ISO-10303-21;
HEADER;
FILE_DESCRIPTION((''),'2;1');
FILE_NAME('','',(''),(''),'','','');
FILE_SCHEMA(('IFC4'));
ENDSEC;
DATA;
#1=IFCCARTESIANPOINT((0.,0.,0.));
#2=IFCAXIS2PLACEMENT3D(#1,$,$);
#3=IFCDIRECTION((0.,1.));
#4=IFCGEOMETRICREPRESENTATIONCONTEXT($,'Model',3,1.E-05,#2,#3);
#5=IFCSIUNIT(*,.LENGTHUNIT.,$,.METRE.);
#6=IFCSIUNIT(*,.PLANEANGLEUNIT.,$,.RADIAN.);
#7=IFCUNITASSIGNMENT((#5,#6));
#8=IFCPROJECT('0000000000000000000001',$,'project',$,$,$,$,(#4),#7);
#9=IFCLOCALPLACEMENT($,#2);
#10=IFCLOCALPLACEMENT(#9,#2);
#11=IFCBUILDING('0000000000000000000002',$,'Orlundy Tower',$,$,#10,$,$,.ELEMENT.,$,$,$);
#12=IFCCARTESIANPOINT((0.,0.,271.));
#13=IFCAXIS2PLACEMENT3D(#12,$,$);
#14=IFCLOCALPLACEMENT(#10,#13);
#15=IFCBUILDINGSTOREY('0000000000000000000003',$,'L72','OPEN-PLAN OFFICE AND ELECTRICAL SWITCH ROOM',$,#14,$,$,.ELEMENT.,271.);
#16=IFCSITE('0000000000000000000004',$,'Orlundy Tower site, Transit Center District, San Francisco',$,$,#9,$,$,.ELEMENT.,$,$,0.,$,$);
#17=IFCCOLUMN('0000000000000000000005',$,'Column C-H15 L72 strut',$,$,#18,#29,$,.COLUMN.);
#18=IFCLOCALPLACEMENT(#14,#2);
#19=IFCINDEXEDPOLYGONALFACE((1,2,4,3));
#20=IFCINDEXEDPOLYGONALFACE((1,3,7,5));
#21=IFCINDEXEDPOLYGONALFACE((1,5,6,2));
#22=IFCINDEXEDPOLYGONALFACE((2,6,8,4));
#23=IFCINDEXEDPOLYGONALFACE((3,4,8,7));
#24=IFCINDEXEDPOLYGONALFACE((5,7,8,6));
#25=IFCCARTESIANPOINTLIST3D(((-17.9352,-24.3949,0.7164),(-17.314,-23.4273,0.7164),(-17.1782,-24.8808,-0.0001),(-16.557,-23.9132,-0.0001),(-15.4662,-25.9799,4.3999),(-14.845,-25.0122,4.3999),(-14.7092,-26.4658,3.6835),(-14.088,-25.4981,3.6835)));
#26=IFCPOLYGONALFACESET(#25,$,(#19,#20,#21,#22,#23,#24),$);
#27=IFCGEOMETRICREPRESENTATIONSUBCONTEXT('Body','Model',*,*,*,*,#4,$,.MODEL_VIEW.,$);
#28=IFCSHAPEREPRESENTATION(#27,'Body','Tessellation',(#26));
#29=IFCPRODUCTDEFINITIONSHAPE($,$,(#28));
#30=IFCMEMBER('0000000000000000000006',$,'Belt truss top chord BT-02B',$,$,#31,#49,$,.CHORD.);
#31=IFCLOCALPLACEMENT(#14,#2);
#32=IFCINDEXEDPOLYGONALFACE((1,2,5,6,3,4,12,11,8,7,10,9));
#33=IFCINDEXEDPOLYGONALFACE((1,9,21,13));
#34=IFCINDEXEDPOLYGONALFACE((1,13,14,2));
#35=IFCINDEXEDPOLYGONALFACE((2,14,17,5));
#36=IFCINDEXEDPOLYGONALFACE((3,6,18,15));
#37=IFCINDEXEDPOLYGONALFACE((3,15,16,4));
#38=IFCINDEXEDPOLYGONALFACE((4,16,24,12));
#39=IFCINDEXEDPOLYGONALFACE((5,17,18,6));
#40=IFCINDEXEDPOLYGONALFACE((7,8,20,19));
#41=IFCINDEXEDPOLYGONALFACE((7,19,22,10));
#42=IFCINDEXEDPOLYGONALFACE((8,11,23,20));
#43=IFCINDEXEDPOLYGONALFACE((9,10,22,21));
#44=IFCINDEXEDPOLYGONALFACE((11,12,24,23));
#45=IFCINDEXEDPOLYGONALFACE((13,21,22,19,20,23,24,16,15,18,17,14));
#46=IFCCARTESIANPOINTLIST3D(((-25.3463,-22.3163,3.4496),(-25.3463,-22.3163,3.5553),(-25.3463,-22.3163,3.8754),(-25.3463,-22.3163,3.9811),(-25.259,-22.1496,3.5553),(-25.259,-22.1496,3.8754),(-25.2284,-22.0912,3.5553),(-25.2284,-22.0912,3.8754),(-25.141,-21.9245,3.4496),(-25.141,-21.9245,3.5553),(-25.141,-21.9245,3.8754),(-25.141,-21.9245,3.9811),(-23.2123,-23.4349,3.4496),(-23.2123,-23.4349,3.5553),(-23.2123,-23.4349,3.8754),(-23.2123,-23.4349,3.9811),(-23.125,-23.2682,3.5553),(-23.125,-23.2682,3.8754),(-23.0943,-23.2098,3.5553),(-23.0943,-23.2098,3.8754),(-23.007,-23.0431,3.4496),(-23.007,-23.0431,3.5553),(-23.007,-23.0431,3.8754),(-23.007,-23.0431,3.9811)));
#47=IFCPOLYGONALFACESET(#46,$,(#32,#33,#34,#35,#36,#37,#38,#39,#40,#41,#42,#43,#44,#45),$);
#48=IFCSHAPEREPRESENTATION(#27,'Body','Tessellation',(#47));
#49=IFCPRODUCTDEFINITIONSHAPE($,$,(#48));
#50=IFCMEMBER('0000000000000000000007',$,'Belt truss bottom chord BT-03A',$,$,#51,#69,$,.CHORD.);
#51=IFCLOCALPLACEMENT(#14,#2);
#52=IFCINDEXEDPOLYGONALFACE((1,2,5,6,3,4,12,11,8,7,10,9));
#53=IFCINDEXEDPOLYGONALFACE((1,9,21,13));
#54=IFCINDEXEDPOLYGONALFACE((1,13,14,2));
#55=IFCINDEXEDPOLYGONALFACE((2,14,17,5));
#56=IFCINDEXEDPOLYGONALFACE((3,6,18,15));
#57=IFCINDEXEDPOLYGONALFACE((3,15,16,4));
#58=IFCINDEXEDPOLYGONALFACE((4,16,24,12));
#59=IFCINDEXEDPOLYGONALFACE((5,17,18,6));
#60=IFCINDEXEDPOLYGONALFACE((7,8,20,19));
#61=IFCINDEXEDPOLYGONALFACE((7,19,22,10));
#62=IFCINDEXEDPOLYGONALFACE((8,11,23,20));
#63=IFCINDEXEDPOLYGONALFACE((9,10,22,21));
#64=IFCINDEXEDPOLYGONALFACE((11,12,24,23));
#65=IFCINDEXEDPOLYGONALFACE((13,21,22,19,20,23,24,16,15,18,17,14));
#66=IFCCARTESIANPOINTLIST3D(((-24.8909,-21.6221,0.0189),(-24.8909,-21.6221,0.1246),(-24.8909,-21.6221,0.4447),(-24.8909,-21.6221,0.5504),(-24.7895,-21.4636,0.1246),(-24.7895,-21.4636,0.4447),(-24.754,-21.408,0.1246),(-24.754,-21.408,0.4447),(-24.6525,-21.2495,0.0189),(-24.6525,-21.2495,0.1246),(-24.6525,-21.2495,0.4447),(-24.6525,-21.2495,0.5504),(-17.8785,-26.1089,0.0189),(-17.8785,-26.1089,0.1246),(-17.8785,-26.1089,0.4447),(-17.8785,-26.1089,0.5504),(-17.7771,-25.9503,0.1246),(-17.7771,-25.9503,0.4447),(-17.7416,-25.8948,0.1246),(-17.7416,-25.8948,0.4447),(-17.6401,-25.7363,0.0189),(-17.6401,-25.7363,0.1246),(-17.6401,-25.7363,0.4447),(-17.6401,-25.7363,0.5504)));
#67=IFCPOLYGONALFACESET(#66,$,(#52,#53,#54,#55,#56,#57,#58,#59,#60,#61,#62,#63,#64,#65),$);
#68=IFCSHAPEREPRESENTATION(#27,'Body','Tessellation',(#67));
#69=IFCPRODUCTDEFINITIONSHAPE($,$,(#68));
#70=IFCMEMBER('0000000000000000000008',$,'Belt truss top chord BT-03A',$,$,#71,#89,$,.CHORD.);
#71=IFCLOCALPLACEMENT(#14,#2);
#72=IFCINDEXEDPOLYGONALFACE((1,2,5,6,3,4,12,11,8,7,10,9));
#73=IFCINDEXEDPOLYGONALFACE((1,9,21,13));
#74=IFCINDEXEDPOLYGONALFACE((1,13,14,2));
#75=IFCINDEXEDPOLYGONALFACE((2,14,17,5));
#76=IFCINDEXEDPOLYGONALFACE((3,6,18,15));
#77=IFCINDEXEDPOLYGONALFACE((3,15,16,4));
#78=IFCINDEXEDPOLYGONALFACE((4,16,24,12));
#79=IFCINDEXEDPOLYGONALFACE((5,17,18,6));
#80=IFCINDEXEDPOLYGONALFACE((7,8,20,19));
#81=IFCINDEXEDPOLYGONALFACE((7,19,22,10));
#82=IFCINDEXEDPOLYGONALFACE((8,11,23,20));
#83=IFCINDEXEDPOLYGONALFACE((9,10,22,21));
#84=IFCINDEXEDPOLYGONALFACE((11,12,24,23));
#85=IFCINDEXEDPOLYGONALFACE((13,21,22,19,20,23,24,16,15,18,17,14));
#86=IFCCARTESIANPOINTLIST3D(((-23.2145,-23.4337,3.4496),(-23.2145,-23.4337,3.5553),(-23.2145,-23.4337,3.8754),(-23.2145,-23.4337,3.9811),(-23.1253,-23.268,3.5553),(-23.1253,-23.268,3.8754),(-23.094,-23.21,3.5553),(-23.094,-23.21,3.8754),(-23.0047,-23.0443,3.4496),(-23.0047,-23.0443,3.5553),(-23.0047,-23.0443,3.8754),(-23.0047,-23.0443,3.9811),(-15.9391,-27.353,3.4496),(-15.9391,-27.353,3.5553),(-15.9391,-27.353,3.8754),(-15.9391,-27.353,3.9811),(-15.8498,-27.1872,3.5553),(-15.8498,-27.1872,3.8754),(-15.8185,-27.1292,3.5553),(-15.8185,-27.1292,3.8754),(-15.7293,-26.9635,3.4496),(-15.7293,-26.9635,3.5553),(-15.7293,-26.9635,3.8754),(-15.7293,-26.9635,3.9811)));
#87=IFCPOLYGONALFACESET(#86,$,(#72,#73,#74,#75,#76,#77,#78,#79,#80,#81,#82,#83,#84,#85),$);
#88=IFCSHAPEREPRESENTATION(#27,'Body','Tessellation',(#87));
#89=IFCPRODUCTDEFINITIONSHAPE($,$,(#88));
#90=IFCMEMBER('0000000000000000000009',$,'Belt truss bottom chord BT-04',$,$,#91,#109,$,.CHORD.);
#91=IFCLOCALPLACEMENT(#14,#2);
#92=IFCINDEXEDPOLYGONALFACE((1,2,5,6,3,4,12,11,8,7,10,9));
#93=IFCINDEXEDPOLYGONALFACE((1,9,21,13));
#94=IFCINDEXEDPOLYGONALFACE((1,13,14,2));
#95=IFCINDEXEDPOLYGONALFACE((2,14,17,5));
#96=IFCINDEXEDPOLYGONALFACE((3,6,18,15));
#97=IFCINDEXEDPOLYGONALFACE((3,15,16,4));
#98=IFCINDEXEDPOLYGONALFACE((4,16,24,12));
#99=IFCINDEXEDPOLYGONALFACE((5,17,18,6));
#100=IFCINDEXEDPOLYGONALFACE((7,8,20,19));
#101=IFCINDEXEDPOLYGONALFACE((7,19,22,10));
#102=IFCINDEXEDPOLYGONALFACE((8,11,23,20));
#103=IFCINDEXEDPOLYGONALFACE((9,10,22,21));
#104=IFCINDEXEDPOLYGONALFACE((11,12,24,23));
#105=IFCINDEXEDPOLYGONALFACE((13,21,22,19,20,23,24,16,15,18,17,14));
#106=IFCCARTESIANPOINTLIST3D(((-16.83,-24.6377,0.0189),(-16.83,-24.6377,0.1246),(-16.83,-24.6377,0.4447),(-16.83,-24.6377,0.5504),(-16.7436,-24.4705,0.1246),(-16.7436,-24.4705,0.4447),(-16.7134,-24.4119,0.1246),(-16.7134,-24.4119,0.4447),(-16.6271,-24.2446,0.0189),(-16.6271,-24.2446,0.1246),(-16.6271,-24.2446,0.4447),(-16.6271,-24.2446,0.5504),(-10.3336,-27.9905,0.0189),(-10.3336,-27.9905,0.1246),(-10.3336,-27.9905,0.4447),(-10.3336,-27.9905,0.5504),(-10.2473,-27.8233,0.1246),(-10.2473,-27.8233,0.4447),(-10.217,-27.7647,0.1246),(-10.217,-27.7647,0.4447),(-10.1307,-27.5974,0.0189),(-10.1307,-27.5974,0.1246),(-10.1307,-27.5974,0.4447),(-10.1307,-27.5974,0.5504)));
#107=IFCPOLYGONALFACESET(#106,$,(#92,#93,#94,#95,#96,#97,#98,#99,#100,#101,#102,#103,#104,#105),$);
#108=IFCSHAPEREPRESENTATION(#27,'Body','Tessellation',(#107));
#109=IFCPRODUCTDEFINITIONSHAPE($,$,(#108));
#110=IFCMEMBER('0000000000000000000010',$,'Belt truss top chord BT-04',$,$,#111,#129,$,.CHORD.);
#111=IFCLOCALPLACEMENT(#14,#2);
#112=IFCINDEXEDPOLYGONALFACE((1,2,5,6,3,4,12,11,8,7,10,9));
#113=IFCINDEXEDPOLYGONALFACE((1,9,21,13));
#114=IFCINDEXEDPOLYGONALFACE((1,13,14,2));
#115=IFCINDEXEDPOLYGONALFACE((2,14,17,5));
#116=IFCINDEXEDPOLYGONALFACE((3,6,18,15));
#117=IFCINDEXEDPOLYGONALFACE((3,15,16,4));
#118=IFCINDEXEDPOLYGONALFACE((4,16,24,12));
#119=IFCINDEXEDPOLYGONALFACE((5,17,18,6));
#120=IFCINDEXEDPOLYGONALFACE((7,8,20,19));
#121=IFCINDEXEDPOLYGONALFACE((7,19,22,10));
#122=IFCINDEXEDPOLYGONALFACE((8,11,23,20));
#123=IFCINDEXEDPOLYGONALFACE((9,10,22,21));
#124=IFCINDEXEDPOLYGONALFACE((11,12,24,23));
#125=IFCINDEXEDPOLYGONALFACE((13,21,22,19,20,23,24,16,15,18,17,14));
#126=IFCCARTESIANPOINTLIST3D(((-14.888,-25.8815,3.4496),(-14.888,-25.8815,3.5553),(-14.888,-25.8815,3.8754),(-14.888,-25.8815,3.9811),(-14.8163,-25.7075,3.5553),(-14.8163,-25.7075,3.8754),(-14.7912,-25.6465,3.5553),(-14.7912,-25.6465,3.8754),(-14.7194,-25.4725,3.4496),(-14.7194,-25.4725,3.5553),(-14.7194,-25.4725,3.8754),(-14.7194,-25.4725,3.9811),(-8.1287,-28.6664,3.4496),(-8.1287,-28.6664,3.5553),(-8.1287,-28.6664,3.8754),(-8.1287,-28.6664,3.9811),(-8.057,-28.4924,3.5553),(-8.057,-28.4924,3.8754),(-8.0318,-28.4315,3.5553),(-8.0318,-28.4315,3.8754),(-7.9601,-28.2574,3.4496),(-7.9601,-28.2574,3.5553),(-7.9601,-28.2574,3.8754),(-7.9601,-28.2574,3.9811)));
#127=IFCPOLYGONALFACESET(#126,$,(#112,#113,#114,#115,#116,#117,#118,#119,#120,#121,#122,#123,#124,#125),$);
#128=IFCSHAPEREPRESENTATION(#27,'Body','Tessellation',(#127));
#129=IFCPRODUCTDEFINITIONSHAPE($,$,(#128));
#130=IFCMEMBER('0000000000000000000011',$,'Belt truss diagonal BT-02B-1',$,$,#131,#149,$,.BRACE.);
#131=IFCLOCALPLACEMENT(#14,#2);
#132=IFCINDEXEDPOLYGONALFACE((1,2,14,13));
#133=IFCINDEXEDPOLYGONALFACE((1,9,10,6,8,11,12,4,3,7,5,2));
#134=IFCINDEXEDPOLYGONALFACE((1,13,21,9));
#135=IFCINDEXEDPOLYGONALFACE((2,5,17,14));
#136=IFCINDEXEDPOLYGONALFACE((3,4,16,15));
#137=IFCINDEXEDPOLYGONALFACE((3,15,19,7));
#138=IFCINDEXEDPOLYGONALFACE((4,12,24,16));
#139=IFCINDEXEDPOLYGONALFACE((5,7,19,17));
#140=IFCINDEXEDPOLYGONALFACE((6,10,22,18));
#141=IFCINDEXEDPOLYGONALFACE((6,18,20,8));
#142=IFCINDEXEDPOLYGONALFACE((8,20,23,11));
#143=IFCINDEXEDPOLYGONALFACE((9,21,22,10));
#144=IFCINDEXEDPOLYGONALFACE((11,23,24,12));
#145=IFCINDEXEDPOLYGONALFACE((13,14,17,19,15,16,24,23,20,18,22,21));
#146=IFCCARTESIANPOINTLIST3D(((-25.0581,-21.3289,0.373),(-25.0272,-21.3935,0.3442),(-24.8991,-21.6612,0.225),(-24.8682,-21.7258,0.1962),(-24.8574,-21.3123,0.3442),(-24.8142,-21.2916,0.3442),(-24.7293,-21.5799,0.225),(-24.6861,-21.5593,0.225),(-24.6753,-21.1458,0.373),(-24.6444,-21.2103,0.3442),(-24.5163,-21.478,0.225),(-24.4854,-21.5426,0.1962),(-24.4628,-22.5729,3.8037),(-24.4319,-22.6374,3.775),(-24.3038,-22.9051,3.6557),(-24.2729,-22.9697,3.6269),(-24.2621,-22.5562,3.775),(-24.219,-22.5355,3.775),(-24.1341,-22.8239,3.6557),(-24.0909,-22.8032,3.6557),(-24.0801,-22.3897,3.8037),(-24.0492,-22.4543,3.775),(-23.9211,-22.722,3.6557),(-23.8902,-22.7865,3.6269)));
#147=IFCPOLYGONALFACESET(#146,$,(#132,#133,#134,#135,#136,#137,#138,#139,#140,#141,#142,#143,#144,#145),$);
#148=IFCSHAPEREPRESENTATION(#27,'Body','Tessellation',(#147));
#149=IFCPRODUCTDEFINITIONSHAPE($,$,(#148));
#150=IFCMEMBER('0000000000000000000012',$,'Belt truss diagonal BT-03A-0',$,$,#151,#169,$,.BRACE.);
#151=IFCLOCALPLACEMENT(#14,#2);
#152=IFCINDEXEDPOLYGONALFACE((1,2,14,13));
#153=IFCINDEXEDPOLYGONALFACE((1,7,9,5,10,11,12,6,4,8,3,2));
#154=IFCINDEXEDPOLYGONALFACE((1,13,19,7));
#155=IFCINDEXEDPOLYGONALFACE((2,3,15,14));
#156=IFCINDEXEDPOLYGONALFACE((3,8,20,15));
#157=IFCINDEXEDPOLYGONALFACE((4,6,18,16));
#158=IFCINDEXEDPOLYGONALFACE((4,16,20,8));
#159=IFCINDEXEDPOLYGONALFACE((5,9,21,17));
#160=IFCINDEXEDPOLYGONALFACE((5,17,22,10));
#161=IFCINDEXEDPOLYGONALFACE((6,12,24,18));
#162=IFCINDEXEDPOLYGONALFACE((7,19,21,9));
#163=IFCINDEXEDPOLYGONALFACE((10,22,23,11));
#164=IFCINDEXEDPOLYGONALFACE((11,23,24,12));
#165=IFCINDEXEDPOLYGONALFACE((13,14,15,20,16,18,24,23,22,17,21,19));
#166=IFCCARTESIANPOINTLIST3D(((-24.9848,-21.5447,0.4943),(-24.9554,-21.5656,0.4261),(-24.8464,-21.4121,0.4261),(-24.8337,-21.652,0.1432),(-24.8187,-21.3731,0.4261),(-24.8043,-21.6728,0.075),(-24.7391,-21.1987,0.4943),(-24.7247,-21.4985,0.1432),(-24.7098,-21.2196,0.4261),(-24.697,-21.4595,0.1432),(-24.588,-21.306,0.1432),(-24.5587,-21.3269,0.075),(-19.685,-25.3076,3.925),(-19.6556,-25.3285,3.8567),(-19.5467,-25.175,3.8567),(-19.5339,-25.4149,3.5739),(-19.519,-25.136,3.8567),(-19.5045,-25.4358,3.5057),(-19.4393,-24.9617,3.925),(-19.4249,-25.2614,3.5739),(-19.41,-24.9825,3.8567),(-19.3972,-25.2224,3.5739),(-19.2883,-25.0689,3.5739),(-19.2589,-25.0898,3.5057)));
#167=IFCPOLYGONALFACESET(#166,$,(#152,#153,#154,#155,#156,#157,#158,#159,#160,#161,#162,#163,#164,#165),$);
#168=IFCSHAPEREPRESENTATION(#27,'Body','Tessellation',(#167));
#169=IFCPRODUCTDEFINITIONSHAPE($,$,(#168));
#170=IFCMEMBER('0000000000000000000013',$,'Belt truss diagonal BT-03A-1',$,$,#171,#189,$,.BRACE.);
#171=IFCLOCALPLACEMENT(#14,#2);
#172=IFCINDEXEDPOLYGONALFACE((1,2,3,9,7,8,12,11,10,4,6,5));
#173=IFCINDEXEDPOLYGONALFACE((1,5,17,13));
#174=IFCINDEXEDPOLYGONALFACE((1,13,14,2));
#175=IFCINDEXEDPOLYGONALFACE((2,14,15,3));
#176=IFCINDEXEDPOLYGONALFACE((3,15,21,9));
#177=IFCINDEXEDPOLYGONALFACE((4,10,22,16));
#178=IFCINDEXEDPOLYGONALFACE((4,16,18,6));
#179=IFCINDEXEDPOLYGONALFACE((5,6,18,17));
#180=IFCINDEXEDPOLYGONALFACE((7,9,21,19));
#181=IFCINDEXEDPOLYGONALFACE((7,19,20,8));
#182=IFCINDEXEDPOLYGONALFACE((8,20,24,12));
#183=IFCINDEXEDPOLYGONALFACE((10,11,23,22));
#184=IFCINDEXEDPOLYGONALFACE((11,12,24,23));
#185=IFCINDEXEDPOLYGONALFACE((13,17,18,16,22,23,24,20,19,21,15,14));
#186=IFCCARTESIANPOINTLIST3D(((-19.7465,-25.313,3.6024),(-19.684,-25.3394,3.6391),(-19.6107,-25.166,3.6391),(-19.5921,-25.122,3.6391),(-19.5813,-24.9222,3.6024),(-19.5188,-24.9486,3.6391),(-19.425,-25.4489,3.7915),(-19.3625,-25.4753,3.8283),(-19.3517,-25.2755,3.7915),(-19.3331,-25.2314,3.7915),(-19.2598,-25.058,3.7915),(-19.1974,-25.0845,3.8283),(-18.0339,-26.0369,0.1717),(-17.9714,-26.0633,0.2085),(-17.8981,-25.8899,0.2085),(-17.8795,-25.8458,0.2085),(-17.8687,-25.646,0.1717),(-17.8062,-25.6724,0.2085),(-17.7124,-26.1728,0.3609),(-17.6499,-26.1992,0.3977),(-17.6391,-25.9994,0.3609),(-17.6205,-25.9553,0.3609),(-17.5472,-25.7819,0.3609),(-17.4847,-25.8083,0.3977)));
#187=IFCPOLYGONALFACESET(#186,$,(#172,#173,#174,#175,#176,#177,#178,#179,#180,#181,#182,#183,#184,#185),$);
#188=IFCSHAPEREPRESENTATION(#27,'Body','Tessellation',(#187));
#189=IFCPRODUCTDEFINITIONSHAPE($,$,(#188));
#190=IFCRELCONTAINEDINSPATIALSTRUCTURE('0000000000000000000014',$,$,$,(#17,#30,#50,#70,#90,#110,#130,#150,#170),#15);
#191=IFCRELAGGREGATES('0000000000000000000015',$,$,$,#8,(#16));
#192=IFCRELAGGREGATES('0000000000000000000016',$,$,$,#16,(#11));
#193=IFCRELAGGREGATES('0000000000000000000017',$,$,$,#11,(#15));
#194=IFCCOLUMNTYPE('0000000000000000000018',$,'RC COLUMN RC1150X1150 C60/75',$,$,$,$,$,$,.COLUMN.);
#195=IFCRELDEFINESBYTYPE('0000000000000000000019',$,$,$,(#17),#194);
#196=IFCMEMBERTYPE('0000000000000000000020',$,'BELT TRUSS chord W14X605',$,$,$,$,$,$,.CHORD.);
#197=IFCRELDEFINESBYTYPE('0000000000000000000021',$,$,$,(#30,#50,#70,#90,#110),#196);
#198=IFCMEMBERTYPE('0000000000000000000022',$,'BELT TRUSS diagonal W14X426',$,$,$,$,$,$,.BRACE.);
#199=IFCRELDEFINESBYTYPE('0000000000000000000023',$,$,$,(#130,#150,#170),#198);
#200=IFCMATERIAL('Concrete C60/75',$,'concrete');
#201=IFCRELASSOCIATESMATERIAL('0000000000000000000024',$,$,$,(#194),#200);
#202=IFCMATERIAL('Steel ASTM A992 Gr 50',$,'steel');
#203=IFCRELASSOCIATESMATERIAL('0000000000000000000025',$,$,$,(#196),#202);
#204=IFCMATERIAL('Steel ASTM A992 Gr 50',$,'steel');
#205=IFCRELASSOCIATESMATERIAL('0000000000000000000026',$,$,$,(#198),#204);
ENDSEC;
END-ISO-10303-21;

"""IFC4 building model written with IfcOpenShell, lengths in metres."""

from ifc_helpers import new_model, si_unit, direction, frame, origin, origin_2d, place, context, subcontext, project, spatial, rectangle, i_section, extrude, material, material_profile, profile_set, type_object, element, save


model = new_model("IFC4")

# Units and contexts
model_context = context("Model", 3, precision=1e-05, world=origin(), true_north=direction((0.0, 1.0)))
body_context = subcontext(model_context, "Body", "Model", "MODEL_VIEW")
ifc_project = project(units=[si_unit("LENGTHUNIT", "METRE"), si_unit("PLANEANGLEUNIT", "RADIAN")], contexts=[model_context])

# Site, building, storey
site_placement = place(None, origin())
site = spatial("IfcSite", under=ifc_project, at=site_placement, Name="Orlundy Tower site, Transit Center District, San Francisco", CompositionType="ELEMENT", RefElevation=0.0)
building_placement = place(site_placement, origin())
building = spatial("IfcBuilding", under=site, at=building_placement, Name="Orlundy Tower", CompositionType="ELEMENT")
storey_placement = place(building_placement, frame((0.0, 0.0, 271.0)))
storey = spatial("IfcBuildingStorey", under=building, at=storey_placement, Name="L72", Description="OPEN-PLAN OFFICE AND ELECTRICAL SWITCH ROOM", CompositionType="ELEMENT", Elevation=271.0)

# Column
ifc_material_1 = material(Name="Concrete C60/75", Category="concrete")
ifc_material_profile_1 = material_profile(ifc_material_1, rectangle(XDim=1.1499, YDim=1.1499, at=origin_2d()), Name="RC1150X1150")
ifc_profile_set_1 = profile_set([ifc_material_profile_1], Name="Concrete C60/75")
column_type = type_object("IfcColumnType", Name="RC COLUMN RC1150X1150 C60/75", PredefinedType="COLUMN", material=ifc_profile_set_1)
column_placement = place(storey_placement, frame((-17.2461, -24.1541, 0.3582), z_axis=(0.524288, -0.336564, 0.782206), x_axis=(0.540215, 0.841527, 0.0)))
element("IfcColumn", 1, at=column_placement, inside=storey, type_object=column_type, Name="Column C-H15 L72 strut", PredefinedType="COLUMN", context=body_context, shape_type="SweptSolid", body=[
    extrude(rectangle(XDim=1.1499, YDim=1.1499, at=origin_2d()), origin(), (0.0, 0.0, 1.0), 4.7092),
])

# Members
ifc_material_2 = material(Name="Steel ASTM A992 Gr 50", Category="steel")
ifc_material_profile_2 = material_profile(ifc_material_2, i_section(OverallWidth=0.4424, OverallDepth=0.5315, WebThickness=0.0659, FlangeThickness=0.1057, at=origin_2d()), Name="W14X605")
ifc_profile_set_2 = profile_set([ifc_material_profile_2], Name="Steel ASTM A992 Gr 50")
member_type_1 = type_object("IfcMemberType", Name="BELT TRUSS chord W14X605", PredefinedType="CHORD", material=ifc_profile_set_2)
member_1_placement = place(storey_placement, frame((-25.2437, -22.1204, 3.7153), z_axis=(0.885691, -0.464276, 0.0), x_axis=(0.464276, 0.885691, 0.0)))
element("IfcMember", 2, at=member_1_placement, inside=storey, type_object=member_type_1, Name="Belt truss top chord BT-02B", PredefinedType="CHORD", context=body_context, shape_type="SweptSolid", body=[
    extrude(i_section(OverallWidth=0.4424, OverallDepth=0.5315, WebThickness=0.0659, FlangeThickness=0.1057, at=origin_2d()), origin(), (0.0, 0.0, 1.0), 2.4094),
])
member_2_placement = place(storey_placement, frame((-24.7717, -21.4358, 0.2847), z_axis=(0.842334, -0.538955, 0.0), x_axis=(0.538955, 0.842334, 0.0)))
element("IfcMember", 3, at=member_2_placement, inside=storey, type_object=member_type_1, Name="Belt truss bottom chord BT-03A", PredefinedType="CHORD", context=body_context, shape_type="SweptSolid", body=[
    extrude(i_section(OverallWidth=0.4424, OverallDepth=0.5315, WebThickness=0.0659, FlangeThickness=0.1057, at=origin_2d()), origin(), (0.0, 0.0, 1.0), 8.325),
])
member_3_placement = place(storey_placement, frame((-23.1096, -23.239, 3.7153), z_axis=(0.880387, -0.474257, 0.0), x_axis=(0.474257, 0.880387, 0.0)))
element("IfcMember", 4, at=member_3_placement, inside=storey, type_object=member_type_1, Name="Belt truss top chord BT-03A", PredefinedType="CHORD", context=body_context, shape_type="SweptSolid", body=[
    extrude(i_section(OverallWidth=0.4424, OverallDepth=0.5315, WebThickness=0.0659, FlangeThickness=0.1057, at=origin_2d()), origin(), (0.0, 0.0, 1.0), 8.2639),
])
for number, where, z_axis, x_axis, name in (
    (5, (-16.7285, -24.4412, 0.2847), (0.88863, -0.458625, 0.0), (0.458625, 0.88863, 0.0), "Belt truss bottom chord BT-04"),
    (6, (-14.8037, -25.677, 3.7153), (0.924597, -0.380946, 0.0), (0.380946, 0.924597, 0.0), "Belt truss top chord BT-04"),
):
    element("IfcMember", number, at=place(storey_placement, frame(where, z_axis=z_axis, x_axis=x_axis)), inside=storey, type_object=member_type_1, Name=name, PredefinedType="CHORD", context=body_context, shape_type="SweptSolid", body=[
        extrude(i_section(OverallWidth=0.4424, OverallDepth=0.5315, WebThickness=0.0659, FlangeThickness=0.1057, at=origin_2d()), origin(), (0.0, 0.0, 1.0), 7.3105),
    ])
ifc_material_3 = material(Name="Steel ASTM A992 Gr 50", Category="steel")
ifc_material_profile_3 = material_profile(ifc_material_3, i_section(OverallWidth=0.4243, OverallDepth=0.4741, WebThickness=0.0479, FlangeThickness=0.0771, at=origin_2d()), Name="W14X426")
ifc_profile_set_3 = profile_set([ifc_material_profile_3], Name="Steel ASTM A992 Gr 50")
member_type_2 = type_object("IfcMemberType", Name="BELT TRUSS diagonal W14X426", PredefinedType="BRACE", material=ifc_profile_set_3)
member_4_placement = place(storey_placement, frame((-24.1765, -22.6797, 3.7153), z_axis=(-0.160981, 0.336422, -0.92785), x_axis=(-0.902047, -0.431637, 0.0)))
element("IfcMember", 7, at=member_4_placement, inside=storey, type_object=member_type_2, Name="Belt truss diagonal BT-02B-1", PredefinedType="BRACE", context=body_context, shape_type="SweptSolid", body=[
    extrude(i_section(OverallWidth=0.4243, OverallDepth=0.4741, WebThickness=0.0479, FlangeThickness=0.0771, at=origin_2d()), origin(), (0.0, 0.0, 1.0), 3.6975),
])
member_5_placement = place(storey_placement, frame((-24.7717, -21.4358, 0.2847), z_axis=(0.721098, -0.51199, 0.46678), x_axis=(0.57893, 0.815377, 0.0)))
element("IfcMember", 8, at=member_5_placement, inside=storey, type_object=member_type_2, Name="Belt truss diagonal BT-03A-0", PredefinedType="BRACE", context=body_context, shape_type="SweptSolid", body=[
    extrude(i_section(OverallWidth=0.4243, OverallDepth=0.4741, WebThickness=0.0479, FlangeThickness=0.0771, at=origin_2d()), origin(), (0.0, 0.0, 1.0), 7.3496),
])
member_6_placement = place(storey_placement, frame((-19.4719, -25.1987, 3.7153), z_axis=(0.438901, -0.185508, -0.879177), x_axis=(0.389319, 0.921103, 0.0)))
element("IfcMember", 9, at=member_6_placement, inside=storey, type_object=member_type_2, Name="Belt truss diagonal BT-03A-1", PredefinedType="BRACE", context=body_context, shape_type="SweptSolid", body=[
    extrude(i_section(OverallWidth=0.4243, OverallDepth=0.4741, WebThickness=0.0479, FlangeThickness=0.0771, at=origin_2d()), origin(), (0.0, 0.0, 1.0), 3.9021),
])

save(model, "model.ifc")
